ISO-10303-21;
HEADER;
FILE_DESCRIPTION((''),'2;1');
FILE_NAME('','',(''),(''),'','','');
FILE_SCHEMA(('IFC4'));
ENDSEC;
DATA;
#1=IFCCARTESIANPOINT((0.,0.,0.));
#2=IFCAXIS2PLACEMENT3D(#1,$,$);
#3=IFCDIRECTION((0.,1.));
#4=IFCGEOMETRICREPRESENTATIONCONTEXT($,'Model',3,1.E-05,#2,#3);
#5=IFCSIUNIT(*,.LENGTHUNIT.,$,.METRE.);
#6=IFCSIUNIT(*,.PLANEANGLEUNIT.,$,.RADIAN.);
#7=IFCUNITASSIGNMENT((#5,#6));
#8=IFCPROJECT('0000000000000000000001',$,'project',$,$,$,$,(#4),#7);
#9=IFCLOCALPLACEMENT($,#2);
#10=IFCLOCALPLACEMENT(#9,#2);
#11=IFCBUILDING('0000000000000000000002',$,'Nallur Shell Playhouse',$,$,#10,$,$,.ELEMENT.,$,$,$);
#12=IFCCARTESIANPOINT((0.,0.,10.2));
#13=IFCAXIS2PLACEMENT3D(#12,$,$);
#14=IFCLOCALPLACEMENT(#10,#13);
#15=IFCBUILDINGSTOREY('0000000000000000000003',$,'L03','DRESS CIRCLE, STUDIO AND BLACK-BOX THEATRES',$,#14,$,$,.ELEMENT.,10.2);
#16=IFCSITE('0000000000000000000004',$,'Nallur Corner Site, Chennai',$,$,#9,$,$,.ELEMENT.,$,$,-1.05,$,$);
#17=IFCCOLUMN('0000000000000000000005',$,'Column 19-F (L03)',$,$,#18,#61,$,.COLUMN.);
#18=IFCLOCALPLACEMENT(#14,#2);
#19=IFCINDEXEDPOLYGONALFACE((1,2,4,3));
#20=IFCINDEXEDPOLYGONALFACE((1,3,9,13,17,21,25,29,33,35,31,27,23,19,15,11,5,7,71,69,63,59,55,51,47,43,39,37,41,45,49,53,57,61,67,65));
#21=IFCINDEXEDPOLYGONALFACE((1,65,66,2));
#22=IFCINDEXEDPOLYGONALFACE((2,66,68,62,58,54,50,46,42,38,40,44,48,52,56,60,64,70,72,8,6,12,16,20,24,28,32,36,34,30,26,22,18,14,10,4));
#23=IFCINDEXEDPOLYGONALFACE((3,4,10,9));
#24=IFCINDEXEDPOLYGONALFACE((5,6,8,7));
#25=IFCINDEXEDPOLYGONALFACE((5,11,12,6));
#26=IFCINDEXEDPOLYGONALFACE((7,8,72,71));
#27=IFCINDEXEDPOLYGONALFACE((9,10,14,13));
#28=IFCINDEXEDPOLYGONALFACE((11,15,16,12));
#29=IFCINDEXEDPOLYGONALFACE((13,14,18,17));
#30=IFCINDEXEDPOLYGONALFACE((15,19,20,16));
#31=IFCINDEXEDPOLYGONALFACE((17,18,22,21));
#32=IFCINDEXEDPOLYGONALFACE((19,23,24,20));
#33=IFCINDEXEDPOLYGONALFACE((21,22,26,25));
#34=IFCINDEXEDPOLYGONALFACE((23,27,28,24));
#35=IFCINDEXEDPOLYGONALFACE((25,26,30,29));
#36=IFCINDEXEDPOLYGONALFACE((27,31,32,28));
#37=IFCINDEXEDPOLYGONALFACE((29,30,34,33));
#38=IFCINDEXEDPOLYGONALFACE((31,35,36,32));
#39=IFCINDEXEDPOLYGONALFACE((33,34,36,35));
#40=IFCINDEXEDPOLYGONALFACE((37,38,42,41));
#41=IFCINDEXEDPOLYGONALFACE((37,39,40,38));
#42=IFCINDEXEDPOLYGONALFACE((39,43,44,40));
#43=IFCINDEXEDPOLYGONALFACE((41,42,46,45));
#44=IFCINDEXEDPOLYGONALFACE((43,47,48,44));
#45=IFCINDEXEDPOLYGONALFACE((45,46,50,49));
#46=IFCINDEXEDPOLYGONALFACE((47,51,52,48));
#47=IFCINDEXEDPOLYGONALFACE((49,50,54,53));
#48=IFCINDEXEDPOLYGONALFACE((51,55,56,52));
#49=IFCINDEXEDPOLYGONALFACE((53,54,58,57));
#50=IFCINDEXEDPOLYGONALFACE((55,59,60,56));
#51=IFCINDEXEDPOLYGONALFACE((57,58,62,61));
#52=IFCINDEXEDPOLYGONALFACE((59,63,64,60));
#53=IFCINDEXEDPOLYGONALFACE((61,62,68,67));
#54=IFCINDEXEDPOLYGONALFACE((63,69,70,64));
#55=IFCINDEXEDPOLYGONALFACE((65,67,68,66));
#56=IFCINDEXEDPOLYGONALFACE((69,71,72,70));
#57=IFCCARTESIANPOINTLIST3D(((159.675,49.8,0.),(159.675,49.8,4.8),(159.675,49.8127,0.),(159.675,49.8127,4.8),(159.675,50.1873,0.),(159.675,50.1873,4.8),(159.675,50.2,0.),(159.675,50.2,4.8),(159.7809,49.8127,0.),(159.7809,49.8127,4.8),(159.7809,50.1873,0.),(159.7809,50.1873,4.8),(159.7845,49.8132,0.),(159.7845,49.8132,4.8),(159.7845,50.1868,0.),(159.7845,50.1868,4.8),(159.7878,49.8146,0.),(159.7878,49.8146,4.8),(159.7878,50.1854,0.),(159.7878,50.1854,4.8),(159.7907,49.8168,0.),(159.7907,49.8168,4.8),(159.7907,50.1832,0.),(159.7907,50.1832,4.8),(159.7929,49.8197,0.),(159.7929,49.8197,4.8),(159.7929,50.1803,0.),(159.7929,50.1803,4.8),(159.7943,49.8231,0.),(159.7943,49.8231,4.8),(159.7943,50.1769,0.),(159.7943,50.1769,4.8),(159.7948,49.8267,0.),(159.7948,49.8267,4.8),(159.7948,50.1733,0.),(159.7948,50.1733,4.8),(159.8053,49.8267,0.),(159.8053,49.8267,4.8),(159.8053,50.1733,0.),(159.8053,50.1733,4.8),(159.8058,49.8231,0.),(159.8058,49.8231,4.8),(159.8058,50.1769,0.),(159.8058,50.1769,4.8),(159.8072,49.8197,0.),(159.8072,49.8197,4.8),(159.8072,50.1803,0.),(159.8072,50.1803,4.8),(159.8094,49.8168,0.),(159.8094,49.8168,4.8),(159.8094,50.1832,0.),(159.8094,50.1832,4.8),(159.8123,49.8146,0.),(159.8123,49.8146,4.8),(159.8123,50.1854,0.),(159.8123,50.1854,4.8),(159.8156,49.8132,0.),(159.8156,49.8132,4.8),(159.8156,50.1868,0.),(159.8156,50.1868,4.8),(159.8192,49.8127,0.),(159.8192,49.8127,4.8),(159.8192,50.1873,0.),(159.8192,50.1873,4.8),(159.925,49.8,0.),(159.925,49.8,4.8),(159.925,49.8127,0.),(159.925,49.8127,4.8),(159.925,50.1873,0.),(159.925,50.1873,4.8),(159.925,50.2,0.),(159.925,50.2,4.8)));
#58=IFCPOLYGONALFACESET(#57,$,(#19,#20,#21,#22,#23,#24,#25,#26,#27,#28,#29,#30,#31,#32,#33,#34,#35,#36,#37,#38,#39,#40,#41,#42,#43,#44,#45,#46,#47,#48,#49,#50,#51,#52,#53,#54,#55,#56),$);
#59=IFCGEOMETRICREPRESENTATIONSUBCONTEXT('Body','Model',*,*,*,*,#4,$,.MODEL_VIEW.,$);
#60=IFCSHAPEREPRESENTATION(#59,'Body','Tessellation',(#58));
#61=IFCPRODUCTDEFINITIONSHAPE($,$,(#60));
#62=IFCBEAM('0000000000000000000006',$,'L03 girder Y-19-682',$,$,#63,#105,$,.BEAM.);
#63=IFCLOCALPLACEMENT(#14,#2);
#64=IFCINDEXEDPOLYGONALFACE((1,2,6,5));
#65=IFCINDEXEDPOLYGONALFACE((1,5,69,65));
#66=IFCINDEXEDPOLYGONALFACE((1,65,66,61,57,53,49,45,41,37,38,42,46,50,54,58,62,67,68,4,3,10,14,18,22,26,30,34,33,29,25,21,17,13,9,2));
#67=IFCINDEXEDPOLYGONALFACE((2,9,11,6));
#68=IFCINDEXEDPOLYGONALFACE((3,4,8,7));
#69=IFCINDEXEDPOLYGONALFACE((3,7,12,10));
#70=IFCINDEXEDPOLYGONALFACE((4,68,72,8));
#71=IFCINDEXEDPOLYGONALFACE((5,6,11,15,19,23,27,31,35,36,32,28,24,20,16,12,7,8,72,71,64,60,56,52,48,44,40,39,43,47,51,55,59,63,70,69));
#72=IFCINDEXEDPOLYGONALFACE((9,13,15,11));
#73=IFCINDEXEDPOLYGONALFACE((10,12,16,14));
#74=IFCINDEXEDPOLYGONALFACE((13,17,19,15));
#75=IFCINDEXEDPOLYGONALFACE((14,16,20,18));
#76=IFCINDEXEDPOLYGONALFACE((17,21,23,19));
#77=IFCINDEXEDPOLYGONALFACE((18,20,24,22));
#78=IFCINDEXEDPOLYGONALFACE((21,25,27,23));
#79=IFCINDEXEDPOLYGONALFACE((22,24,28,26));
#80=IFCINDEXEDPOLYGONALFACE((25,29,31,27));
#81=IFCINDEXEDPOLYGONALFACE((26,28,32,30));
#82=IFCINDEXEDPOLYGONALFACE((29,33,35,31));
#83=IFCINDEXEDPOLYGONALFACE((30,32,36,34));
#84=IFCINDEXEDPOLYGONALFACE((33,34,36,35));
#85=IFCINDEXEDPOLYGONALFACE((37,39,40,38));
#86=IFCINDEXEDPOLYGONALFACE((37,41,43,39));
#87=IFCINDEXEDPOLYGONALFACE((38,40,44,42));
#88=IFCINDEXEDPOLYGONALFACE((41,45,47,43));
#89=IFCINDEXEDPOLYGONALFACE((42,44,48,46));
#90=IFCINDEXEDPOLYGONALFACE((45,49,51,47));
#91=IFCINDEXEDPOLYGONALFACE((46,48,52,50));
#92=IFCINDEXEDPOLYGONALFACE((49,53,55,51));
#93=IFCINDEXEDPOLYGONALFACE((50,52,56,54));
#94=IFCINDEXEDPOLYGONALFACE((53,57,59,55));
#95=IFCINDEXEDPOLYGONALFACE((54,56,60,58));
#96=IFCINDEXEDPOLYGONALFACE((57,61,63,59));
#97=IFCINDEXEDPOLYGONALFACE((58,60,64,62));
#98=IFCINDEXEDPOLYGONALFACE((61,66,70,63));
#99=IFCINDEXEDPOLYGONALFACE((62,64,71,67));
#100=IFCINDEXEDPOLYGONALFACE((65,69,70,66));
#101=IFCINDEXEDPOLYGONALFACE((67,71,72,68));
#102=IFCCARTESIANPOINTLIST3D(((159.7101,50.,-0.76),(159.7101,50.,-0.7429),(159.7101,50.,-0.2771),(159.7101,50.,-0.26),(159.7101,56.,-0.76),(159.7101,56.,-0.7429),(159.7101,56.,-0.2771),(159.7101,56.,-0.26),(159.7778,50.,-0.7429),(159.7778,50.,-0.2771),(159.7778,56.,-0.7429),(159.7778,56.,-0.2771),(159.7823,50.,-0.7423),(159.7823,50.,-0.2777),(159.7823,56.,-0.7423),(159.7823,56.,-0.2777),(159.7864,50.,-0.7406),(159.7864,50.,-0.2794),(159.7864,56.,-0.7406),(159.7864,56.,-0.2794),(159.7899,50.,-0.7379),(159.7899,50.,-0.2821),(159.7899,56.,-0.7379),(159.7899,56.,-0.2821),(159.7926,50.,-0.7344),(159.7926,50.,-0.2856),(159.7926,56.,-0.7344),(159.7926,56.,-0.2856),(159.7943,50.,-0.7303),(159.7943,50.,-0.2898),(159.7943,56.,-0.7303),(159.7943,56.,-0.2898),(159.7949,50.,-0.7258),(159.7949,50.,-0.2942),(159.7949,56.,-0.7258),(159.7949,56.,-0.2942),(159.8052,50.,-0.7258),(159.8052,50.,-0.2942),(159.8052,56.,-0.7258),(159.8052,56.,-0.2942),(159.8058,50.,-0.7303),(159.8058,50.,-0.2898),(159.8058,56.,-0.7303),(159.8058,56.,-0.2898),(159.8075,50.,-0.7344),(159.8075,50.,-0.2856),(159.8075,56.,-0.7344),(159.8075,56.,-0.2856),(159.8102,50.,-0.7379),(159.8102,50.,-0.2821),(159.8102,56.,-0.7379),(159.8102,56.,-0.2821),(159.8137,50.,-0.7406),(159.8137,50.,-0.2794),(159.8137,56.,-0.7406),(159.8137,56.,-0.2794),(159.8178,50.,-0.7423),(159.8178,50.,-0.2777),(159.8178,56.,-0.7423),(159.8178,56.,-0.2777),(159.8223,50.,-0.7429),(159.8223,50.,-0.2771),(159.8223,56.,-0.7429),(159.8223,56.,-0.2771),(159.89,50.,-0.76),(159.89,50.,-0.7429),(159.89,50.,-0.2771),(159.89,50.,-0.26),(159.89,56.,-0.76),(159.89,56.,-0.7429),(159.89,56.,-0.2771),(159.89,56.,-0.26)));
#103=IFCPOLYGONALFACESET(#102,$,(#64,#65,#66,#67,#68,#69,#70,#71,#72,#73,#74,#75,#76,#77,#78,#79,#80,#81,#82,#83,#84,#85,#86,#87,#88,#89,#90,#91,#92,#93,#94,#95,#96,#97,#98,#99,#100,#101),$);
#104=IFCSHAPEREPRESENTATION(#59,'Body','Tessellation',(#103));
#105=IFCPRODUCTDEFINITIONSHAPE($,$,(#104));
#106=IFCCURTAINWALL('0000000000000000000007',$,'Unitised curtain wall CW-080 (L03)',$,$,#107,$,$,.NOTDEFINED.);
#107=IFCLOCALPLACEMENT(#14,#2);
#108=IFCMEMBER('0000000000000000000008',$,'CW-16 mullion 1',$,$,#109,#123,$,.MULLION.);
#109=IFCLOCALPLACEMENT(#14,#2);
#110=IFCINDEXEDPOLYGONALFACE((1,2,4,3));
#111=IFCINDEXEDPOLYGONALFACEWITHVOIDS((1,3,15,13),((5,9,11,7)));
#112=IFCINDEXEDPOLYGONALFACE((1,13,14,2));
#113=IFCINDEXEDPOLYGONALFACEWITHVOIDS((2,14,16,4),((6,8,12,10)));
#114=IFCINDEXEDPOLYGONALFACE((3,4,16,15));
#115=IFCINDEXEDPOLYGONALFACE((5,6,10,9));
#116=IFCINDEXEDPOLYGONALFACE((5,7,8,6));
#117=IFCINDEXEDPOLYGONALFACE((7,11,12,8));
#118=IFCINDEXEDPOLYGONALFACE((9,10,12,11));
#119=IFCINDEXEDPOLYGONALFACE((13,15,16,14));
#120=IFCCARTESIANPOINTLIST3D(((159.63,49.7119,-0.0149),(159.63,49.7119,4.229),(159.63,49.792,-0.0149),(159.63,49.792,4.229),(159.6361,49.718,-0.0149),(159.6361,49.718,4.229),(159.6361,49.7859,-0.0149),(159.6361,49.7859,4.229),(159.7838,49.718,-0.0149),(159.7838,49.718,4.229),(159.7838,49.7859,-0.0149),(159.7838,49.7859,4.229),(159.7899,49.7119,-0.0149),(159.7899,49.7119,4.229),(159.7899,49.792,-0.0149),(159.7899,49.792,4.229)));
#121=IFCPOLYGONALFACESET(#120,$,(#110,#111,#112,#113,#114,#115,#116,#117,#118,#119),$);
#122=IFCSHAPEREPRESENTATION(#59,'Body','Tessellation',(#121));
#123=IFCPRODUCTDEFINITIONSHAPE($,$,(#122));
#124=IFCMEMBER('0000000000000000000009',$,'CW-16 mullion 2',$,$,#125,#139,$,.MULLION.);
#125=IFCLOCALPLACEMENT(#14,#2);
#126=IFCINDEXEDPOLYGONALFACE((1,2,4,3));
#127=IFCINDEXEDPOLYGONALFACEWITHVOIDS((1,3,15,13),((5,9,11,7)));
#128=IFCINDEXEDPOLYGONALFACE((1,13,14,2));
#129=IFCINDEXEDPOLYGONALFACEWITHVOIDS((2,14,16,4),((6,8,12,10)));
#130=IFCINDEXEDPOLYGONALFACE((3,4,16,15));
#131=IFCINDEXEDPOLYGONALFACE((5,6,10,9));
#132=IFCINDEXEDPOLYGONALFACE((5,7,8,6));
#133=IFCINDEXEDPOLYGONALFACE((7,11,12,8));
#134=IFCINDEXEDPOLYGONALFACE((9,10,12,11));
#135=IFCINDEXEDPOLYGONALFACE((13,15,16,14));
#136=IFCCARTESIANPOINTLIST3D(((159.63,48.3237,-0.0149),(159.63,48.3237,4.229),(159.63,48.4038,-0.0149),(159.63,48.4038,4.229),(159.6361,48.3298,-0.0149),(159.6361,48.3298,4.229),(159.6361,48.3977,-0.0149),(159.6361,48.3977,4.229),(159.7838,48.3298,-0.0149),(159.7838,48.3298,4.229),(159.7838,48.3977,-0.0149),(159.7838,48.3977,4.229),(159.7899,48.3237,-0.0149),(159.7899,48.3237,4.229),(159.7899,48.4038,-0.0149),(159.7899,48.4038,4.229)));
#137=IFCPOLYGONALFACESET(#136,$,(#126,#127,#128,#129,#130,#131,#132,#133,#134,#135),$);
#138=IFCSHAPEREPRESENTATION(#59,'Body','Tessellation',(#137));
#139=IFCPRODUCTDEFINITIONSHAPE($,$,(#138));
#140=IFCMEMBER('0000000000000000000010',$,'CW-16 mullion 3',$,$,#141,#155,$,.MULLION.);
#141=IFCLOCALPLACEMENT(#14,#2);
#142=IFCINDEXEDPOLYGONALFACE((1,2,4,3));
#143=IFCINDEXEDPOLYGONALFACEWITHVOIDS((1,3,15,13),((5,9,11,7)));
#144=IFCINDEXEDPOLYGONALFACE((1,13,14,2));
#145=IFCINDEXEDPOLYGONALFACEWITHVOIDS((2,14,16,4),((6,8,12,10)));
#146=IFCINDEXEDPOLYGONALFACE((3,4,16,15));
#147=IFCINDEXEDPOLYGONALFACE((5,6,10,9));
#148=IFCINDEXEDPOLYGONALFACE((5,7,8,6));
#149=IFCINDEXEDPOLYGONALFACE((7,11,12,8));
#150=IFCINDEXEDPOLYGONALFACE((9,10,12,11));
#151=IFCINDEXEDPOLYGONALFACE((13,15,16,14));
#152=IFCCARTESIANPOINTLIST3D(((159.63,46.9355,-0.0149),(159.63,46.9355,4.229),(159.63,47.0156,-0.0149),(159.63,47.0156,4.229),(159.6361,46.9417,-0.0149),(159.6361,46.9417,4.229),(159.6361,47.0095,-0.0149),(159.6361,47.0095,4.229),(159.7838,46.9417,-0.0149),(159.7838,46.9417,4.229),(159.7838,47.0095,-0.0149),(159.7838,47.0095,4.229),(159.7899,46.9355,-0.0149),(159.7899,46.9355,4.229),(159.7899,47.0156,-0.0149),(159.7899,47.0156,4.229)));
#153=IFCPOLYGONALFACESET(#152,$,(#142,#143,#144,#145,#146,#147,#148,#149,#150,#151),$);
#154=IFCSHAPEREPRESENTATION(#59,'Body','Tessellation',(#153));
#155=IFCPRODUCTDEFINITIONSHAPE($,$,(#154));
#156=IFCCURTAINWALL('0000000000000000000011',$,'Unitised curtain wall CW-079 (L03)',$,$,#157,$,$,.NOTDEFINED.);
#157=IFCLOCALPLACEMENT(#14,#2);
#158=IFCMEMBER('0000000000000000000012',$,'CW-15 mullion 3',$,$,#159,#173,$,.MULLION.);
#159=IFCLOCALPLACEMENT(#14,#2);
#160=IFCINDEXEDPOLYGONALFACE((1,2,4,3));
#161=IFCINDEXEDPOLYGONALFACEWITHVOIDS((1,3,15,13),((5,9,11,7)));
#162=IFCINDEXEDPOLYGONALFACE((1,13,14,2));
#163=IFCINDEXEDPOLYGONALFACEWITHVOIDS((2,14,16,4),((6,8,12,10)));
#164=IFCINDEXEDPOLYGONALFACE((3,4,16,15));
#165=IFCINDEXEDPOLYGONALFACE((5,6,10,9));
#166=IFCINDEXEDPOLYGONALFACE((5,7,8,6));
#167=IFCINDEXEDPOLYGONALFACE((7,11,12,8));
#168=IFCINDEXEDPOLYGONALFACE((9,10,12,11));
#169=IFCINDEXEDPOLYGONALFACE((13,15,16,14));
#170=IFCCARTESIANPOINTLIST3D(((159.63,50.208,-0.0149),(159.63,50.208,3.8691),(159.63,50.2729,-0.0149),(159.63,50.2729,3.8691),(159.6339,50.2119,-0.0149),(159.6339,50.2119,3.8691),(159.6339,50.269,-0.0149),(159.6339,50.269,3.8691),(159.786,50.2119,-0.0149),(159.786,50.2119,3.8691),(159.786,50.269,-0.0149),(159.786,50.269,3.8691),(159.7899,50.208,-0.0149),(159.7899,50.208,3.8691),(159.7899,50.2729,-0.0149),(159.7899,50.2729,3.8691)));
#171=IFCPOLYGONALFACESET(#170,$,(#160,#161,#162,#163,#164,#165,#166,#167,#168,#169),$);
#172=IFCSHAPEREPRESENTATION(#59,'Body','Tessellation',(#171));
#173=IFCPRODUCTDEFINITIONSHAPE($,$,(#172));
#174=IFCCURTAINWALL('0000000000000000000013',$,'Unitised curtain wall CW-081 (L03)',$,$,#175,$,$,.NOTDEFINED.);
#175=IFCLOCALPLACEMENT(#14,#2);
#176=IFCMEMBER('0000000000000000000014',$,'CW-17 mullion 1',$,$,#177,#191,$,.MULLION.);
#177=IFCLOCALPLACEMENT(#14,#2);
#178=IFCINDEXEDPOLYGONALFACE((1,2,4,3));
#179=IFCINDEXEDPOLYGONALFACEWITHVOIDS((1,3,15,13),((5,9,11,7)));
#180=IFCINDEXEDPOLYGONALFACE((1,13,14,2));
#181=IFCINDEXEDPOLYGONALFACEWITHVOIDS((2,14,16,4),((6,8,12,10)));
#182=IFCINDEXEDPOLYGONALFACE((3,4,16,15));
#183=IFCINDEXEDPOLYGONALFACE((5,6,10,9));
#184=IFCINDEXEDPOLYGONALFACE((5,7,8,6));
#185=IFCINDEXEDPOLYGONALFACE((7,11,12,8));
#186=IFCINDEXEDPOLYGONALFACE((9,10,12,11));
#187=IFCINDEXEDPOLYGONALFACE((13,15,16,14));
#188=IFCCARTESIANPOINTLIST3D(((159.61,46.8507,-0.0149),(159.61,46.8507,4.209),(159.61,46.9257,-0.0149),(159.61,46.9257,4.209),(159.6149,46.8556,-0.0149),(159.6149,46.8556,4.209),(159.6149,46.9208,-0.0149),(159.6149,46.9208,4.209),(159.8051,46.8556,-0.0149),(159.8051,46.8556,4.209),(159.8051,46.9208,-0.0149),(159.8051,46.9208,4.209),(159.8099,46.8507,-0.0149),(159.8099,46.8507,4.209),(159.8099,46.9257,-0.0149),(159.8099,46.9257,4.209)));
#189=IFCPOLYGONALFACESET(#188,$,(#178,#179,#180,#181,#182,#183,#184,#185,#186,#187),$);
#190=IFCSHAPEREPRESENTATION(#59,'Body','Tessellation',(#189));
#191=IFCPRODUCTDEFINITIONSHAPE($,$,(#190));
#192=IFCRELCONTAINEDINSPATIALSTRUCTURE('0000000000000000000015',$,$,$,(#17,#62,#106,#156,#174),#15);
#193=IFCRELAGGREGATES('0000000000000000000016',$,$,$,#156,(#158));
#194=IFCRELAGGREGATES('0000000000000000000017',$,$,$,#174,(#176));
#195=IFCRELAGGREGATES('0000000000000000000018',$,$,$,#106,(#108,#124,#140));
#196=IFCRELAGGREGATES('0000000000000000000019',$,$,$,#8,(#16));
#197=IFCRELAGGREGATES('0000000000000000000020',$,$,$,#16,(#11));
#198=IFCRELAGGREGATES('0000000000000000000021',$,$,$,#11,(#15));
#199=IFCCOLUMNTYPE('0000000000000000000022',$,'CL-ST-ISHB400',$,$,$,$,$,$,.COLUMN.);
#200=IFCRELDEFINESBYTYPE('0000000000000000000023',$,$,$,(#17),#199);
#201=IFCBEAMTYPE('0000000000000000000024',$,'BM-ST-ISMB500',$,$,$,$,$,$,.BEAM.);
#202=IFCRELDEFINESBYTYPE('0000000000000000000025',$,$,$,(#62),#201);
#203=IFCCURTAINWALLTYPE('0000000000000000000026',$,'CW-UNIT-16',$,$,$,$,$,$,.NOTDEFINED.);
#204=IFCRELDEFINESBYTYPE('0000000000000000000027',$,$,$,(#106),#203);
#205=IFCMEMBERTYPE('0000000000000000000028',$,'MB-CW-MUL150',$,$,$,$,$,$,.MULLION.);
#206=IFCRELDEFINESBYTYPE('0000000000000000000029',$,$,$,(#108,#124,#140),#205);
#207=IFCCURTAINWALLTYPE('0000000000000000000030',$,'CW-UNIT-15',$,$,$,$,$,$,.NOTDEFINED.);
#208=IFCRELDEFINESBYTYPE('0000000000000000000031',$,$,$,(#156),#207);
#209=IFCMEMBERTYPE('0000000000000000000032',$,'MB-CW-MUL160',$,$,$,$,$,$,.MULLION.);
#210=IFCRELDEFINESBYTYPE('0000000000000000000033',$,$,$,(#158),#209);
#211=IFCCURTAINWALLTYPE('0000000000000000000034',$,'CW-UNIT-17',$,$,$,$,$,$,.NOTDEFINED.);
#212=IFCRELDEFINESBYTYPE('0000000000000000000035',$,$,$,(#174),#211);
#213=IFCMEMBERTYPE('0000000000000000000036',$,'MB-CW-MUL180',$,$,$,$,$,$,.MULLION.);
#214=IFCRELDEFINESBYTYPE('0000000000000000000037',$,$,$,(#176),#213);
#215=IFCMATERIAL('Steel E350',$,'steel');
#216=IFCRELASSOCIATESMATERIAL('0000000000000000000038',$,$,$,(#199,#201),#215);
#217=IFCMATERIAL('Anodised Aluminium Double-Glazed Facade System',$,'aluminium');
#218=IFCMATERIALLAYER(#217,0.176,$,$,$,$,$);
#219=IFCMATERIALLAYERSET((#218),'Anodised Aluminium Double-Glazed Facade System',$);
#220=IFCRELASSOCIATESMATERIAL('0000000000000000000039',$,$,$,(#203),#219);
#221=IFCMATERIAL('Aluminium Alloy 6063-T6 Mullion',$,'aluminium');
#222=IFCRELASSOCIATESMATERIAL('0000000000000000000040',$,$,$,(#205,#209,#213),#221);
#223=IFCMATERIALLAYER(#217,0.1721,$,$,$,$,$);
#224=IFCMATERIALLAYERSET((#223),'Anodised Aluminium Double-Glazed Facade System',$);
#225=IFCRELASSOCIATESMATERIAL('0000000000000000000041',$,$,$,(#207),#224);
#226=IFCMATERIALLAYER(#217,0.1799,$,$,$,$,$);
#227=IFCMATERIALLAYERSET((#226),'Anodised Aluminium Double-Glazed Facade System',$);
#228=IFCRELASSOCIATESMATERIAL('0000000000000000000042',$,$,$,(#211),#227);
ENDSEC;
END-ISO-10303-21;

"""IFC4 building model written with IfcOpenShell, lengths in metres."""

from ifc_helpers import new_model, si_unit, direction, frame, origin, origin_2d, place, context, subcontext, project, spatial, hollow_rectangle, i_section, extrude, material, layer, layer_set, material_profile, profile_set, type_object, element, aggregate, save


model = new_model("IFC4")

# Units and contexts
model_context = context("Model", 3, precision=1e-05, world=origin(), true_north=direction((0.0, 1.0)))
body_context = subcontext(model_context, "Body", "Model", "MODEL_VIEW")
ifc_project = project(units=[si_unit("LENGTHUNIT", "METRE"), si_unit("PLANEANGLEUNIT", "RADIAN")], contexts=[model_context])

# Site, building, storey
site_placement = place(None, origin())
site = spatial("IfcSite", under=ifc_project, at=site_placement, Name="Nallur Corner Site, Chennai", CompositionType="ELEMENT", RefElevation=-1.05)
building_placement = place(site_placement, origin())
building = spatial("IfcBuilding", under=site, at=building_placement, Name="Nallur Shell Playhouse", CompositionType="ELEMENT")
storey_placement = place(building_placement, frame((0.0, 0.0, 10.2)))
storey = spatial("IfcBuildingStorey", under=building, at=storey_placement, Name="L03", Description="DRESS CIRCLE, STUDIO AND BLACK-BOX THEATRES", CompositionType="ELEMENT", Elevation=10.2)

# Column
ifc_material_1 = material(Name="Steel E350", Category="steel")
ifc_material_profile_1 = material_profile(ifc_material_1, i_section(OverallWidth=0.25, OverallDepth=0.3999, WebThickness=0.0105, FlangeThickness=0.0127, FilletRadius=0.0139, at=origin_2d()), Name="ISHB 400")
ifc_profile_set_1 = profile_set([ifc_material_profile_1], Name="Steel E350")
column_type = type_object("IfcColumnType", Name="CL-ST-ISHB400", PredefinedType="COLUMN", material=ifc_profile_set_1)
column_placement = place(storey_placement, frame((159.8, 50.0, 0.0), z_axis=(0.0, 0.0, 1.0), x_axis=(1.0, 0.0, 0.0)))
element("IfcColumn", 1, at=column_placement, inside=storey, type_object=column_type, Name="Column 19-F (L03)", PredefinedType="COLUMN", context=body_context, shape_type="SweptSolid", body=[
    extrude(i_section(OverallWidth=0.25, OverallDepth=0.3999, WebThickness=0.0105, FlangeThickness=0.0127, FilletRadius=0.0139, at=origin_2d()), origin(), (0.0, 0.0, 1.0), 4.8),
])

# Beam
ifc_material_profile_2 = material_profile(ifc_material_1, i_section(OverallWidth=0.1799, OverallDepth=0.5, WebThickness=0.0103, FlangeThickness=0.0171, FilletRadius=0.0171, at=origin_2d()), Name="ISMB 500")
ifc_profile_set_2 = profile_set([ifc_material_profile_2], Name="Steel E350")
beam_type = type_object("IfcBeamType", Name="BM-ST-ISMB500", PredefinedType="BEAM", material=ifc_profile_set_2)
beam_placement = place(storey_placement, frame((159.8, 50.0, -0.51), z_axis=(0.0, 1.0, 0.0), x_axis=(-1.0, 0.0, 0.0)))
element("IfcBeam", 2, at=beam_placement, inside=storey, type_object=beam_type, Name="L03 girder Y-19-682", PredefinedType="BEAM", context=body_context, shape_type="SweptSolid", body=[
    extrude(i_section(OverallWidth=0.1799, OverallDepth=0.5, WebThickness=0.0103, FlangeThickness=0.0171, FilletRadius=0.0171, at=origin_2d()), origin(), (0.0, 0.0, 1.0), 6.0),
])

# Curtain wall, members
ifc_material_2 = material(Name="Anodised Aluminium Double-Glazed Facade System", Category="aluminium")
ifc_layer_1 = layer(ifc_material_2, 0.176)
ifc_layer_set_1 = layer_set([ifc_layer_1], Name="Anodised Aluminium Double-Glazed Facade System")
curtain_wall_type_1 = type_object("IfcCurtainWallType", Name="CW-UNIT-16", PredefinedType="NOTDEFINED", material=ifc_layer_set_1)
curtain_wall_1_placement = place(storey_placement, origin())
curtain_wall_1 = element("IfcCurtainWall", 3, at=curtain_wall_1_placement, inside=storey, type_object=curtain_wall_type_1, Name="Unitised curtain wall CW-080 (L03)", PredefinedType="NOTDEFINED")
ifc_material_3 = material(Name="Aluminium Alloy 6063-T6 Mullion", Category="aluminium")
ifc_material_profile_3 = material_profile(ifc_material_3, hollow_rectangle(XDim=0.0801, YDim=0.1599, WallThickness=0.0061, at=origin_2d()), Name="RHS 160x80x6")
ifc_profile_set_3 = profile_set([ifc_material_profile_3], Name="Aluminium Alloy 6063-T6 Mullion")
member_type_1 = type_object("IfcMemberType", Name="MB-CW-MUL150", PredefinedType="MULLION", material=ifc_profile_set_3)
member_1_placement = place(storey_placement, frame((159.71, 49.752, -0.0149), z_axis=(0.0, 0.0, 1.0), x_axis=(0.0, -1.0, 0.0)))
member_1 = element("IfcMember", 4, at=member_1_placement, type_object=member_type_1, Name="CW-16 mullion 1", PredefinedType="MULLION", context=body_context, shape_type="SweptSolid", body=[
    extrude(hollow_rectangle(XDim=0.0801, YDim=0.1599, WallThickness=0.0061, at=origin_2d()), origin(), (0.0, 0.0, 1.0), 4.2439),
])
member_2_placement = place(storey_placement, frame((159.71, 48.3638, -0.0149), z_axis=(0.0, 0.0, 1.0), x_axis=(0.0, -1.0, 0.0)))
member_2 = element("IfcMember", 5, at=member_2_placement, type_object=member_type_1, Name="CW-16 mullion 2", PredefinedType="MULLION", context=body_context, shape_type="SweptSolid", body=[
    extrude(hollow_rectangle(XDim=0.0801, YDim=0.1599, WallThickness=0.0061, at=origin_2d()), origin(), (0.0, 0.0, 1.0), 4.2439),
])
member_3_placement = place(storey_placement, frame((159.71, 46.9756, -0.0149), z_axis=(0.0, 0.0, 1.0), x_axis=(0.0, -1.0, 0.0)))
member_3 = element("IfcMember", 6, at=member_3_placement, type_object=member_type_1, Name="CW-16 mullion 3", PredefinedType="MULLION", context=body_context, shape_type="SweptSolid", body=[
    extrude(hollow_rectangle(XDim=0.0801, YDim=0.1599, WallThickness=0.0061, at=origin_2d()), origin(), (0.0, 0.0, 1.0), 4.2439),
])

# Curtain wall, member
ifc_layer_2 = layer(ifc_material_2, 0.1721)
ifc_layer_set_2 = layer_set([ifc_layer_2], Name="Anodised Aluminium Double-Glazed Facade System")
curtain_wall_type_2 = type_object("IfcCurtainWallType", Name="CW-UNIT-15", PredefinedType="NOTDEFINED", material=ifc_layer_set_2)
curtain_wall_2_placement = place(storey_placement, origin())
curtain_wall_2 = element("IfcCurtainWall", 7, at=curtain_wall_2_placement, inside=storey, type_object=curtain_wall_type_2, Name="Unitised curtain wall CW-079 (L03)", PredefinedType="NOTDEFINED")
ifc_material_profile_4 = material_profile(ifc_material_3, hollow_rectangle(XDim=0.0649, YDim=0.1599, WallThickness=0.0039, at=origin_2d()), Name="ALU 65x160x4")
ifc_profile_set_4 = profile_set([ifc_material_profile_4], Name="Aluminium Alloy 6063-T6 Mullion")
member_type_2 = type_object("IfcMemberType", Name="MB-CW-MUL160", PredefinedType="MULLION", material=ifc_profile_set_4)
member_4_placement = place(storey_placement, frame((159.71, 50.2405, -0.0149), z_axis=(0.0, 0.0, 1.0), x_axis=(0.0, -1.0, 0.0)))
member_4 = element("IfcMember", 8, at=member_4_placement, type_object=member_type_2, Name="CW-15 mullion 3", PredefinedType="MULLION", context=body_context, shape_type="SweptSolid", body=[
    extrude(hollow_rectangle(XDim=0.0649, YDim=0.1599, WallThickness=0.0039, at=origin_2d()), origin(), (0.0, 0.0, 1.0), 3.884),
])
aggregate(curtain_wall_2, [member_4])

# Curtain wall, member
ifc_layer_3 = layer(ifc_material_2, 0.1799)
ifc_layer_set_3 = layer_set([ifc_layer_3], Name="Anodised Aluminium Double-Glazed Facade System")
curtain_wall_type_3 = type_object("IfcCurtainWallType", Name="CW-UNIT-17", PredefinedType="NOTDEFINED", material=ifc_layer_set_3)
curtain_wall_3_placement = place(storey_placement, origin())
curtain_wall_3 = element("IfcCurtainWall", 9, at=curtain_wall_3_placement, inside=storey, type_object=curtain_wall_type_3, Name="Unitised curtain wall CW-081 (L03)", PredefinedType="NOTDEFINED")
ifc_material_profile_5 = material_profile(ifc_material_3, hollow_rectangle(XDim=0.075, YDim=0.2, WallThickness=0.0049, at=origin_2d()), Name="ALU 75x200x5")
ifc_profile_set_5 = profile_set([ifc_material_profile_5], Name="Aluminium Alloy 6063-T6 Mullion")
member_type_3 = type_object("IfcMemberType", Name="MB-CW-MUL180", PredefinedType="MULLION", material=ifc_profile_set_5)
member_5_placement = place(storey_placement, frame((159.71, 46.8882, -0.0149), z_axis=(0.0, 0.0, 1.0), x_axis=(0.0, -1.0, 0.0)))
member_5 = element("IfcMember", 10, at=member_5_placement, type_object=member_type_3, Name="CW-17 mullion 1", PredefinedType="MULLION", context=body_context, shape_type="SweptSolid", body=[
    extrude(hollow_rectangle(XDim=0.075, YDim=0.2, WallThickness=0.0049, at=origin_2d()), origin(), (0.0, 0.0, 1.0), 4.2239),
])

aggregate(curtain_wall_3, [member_5])
aggregate(curtain_wall_1, [member_1, member_2, member_3])

save(model, "model.ifc")
